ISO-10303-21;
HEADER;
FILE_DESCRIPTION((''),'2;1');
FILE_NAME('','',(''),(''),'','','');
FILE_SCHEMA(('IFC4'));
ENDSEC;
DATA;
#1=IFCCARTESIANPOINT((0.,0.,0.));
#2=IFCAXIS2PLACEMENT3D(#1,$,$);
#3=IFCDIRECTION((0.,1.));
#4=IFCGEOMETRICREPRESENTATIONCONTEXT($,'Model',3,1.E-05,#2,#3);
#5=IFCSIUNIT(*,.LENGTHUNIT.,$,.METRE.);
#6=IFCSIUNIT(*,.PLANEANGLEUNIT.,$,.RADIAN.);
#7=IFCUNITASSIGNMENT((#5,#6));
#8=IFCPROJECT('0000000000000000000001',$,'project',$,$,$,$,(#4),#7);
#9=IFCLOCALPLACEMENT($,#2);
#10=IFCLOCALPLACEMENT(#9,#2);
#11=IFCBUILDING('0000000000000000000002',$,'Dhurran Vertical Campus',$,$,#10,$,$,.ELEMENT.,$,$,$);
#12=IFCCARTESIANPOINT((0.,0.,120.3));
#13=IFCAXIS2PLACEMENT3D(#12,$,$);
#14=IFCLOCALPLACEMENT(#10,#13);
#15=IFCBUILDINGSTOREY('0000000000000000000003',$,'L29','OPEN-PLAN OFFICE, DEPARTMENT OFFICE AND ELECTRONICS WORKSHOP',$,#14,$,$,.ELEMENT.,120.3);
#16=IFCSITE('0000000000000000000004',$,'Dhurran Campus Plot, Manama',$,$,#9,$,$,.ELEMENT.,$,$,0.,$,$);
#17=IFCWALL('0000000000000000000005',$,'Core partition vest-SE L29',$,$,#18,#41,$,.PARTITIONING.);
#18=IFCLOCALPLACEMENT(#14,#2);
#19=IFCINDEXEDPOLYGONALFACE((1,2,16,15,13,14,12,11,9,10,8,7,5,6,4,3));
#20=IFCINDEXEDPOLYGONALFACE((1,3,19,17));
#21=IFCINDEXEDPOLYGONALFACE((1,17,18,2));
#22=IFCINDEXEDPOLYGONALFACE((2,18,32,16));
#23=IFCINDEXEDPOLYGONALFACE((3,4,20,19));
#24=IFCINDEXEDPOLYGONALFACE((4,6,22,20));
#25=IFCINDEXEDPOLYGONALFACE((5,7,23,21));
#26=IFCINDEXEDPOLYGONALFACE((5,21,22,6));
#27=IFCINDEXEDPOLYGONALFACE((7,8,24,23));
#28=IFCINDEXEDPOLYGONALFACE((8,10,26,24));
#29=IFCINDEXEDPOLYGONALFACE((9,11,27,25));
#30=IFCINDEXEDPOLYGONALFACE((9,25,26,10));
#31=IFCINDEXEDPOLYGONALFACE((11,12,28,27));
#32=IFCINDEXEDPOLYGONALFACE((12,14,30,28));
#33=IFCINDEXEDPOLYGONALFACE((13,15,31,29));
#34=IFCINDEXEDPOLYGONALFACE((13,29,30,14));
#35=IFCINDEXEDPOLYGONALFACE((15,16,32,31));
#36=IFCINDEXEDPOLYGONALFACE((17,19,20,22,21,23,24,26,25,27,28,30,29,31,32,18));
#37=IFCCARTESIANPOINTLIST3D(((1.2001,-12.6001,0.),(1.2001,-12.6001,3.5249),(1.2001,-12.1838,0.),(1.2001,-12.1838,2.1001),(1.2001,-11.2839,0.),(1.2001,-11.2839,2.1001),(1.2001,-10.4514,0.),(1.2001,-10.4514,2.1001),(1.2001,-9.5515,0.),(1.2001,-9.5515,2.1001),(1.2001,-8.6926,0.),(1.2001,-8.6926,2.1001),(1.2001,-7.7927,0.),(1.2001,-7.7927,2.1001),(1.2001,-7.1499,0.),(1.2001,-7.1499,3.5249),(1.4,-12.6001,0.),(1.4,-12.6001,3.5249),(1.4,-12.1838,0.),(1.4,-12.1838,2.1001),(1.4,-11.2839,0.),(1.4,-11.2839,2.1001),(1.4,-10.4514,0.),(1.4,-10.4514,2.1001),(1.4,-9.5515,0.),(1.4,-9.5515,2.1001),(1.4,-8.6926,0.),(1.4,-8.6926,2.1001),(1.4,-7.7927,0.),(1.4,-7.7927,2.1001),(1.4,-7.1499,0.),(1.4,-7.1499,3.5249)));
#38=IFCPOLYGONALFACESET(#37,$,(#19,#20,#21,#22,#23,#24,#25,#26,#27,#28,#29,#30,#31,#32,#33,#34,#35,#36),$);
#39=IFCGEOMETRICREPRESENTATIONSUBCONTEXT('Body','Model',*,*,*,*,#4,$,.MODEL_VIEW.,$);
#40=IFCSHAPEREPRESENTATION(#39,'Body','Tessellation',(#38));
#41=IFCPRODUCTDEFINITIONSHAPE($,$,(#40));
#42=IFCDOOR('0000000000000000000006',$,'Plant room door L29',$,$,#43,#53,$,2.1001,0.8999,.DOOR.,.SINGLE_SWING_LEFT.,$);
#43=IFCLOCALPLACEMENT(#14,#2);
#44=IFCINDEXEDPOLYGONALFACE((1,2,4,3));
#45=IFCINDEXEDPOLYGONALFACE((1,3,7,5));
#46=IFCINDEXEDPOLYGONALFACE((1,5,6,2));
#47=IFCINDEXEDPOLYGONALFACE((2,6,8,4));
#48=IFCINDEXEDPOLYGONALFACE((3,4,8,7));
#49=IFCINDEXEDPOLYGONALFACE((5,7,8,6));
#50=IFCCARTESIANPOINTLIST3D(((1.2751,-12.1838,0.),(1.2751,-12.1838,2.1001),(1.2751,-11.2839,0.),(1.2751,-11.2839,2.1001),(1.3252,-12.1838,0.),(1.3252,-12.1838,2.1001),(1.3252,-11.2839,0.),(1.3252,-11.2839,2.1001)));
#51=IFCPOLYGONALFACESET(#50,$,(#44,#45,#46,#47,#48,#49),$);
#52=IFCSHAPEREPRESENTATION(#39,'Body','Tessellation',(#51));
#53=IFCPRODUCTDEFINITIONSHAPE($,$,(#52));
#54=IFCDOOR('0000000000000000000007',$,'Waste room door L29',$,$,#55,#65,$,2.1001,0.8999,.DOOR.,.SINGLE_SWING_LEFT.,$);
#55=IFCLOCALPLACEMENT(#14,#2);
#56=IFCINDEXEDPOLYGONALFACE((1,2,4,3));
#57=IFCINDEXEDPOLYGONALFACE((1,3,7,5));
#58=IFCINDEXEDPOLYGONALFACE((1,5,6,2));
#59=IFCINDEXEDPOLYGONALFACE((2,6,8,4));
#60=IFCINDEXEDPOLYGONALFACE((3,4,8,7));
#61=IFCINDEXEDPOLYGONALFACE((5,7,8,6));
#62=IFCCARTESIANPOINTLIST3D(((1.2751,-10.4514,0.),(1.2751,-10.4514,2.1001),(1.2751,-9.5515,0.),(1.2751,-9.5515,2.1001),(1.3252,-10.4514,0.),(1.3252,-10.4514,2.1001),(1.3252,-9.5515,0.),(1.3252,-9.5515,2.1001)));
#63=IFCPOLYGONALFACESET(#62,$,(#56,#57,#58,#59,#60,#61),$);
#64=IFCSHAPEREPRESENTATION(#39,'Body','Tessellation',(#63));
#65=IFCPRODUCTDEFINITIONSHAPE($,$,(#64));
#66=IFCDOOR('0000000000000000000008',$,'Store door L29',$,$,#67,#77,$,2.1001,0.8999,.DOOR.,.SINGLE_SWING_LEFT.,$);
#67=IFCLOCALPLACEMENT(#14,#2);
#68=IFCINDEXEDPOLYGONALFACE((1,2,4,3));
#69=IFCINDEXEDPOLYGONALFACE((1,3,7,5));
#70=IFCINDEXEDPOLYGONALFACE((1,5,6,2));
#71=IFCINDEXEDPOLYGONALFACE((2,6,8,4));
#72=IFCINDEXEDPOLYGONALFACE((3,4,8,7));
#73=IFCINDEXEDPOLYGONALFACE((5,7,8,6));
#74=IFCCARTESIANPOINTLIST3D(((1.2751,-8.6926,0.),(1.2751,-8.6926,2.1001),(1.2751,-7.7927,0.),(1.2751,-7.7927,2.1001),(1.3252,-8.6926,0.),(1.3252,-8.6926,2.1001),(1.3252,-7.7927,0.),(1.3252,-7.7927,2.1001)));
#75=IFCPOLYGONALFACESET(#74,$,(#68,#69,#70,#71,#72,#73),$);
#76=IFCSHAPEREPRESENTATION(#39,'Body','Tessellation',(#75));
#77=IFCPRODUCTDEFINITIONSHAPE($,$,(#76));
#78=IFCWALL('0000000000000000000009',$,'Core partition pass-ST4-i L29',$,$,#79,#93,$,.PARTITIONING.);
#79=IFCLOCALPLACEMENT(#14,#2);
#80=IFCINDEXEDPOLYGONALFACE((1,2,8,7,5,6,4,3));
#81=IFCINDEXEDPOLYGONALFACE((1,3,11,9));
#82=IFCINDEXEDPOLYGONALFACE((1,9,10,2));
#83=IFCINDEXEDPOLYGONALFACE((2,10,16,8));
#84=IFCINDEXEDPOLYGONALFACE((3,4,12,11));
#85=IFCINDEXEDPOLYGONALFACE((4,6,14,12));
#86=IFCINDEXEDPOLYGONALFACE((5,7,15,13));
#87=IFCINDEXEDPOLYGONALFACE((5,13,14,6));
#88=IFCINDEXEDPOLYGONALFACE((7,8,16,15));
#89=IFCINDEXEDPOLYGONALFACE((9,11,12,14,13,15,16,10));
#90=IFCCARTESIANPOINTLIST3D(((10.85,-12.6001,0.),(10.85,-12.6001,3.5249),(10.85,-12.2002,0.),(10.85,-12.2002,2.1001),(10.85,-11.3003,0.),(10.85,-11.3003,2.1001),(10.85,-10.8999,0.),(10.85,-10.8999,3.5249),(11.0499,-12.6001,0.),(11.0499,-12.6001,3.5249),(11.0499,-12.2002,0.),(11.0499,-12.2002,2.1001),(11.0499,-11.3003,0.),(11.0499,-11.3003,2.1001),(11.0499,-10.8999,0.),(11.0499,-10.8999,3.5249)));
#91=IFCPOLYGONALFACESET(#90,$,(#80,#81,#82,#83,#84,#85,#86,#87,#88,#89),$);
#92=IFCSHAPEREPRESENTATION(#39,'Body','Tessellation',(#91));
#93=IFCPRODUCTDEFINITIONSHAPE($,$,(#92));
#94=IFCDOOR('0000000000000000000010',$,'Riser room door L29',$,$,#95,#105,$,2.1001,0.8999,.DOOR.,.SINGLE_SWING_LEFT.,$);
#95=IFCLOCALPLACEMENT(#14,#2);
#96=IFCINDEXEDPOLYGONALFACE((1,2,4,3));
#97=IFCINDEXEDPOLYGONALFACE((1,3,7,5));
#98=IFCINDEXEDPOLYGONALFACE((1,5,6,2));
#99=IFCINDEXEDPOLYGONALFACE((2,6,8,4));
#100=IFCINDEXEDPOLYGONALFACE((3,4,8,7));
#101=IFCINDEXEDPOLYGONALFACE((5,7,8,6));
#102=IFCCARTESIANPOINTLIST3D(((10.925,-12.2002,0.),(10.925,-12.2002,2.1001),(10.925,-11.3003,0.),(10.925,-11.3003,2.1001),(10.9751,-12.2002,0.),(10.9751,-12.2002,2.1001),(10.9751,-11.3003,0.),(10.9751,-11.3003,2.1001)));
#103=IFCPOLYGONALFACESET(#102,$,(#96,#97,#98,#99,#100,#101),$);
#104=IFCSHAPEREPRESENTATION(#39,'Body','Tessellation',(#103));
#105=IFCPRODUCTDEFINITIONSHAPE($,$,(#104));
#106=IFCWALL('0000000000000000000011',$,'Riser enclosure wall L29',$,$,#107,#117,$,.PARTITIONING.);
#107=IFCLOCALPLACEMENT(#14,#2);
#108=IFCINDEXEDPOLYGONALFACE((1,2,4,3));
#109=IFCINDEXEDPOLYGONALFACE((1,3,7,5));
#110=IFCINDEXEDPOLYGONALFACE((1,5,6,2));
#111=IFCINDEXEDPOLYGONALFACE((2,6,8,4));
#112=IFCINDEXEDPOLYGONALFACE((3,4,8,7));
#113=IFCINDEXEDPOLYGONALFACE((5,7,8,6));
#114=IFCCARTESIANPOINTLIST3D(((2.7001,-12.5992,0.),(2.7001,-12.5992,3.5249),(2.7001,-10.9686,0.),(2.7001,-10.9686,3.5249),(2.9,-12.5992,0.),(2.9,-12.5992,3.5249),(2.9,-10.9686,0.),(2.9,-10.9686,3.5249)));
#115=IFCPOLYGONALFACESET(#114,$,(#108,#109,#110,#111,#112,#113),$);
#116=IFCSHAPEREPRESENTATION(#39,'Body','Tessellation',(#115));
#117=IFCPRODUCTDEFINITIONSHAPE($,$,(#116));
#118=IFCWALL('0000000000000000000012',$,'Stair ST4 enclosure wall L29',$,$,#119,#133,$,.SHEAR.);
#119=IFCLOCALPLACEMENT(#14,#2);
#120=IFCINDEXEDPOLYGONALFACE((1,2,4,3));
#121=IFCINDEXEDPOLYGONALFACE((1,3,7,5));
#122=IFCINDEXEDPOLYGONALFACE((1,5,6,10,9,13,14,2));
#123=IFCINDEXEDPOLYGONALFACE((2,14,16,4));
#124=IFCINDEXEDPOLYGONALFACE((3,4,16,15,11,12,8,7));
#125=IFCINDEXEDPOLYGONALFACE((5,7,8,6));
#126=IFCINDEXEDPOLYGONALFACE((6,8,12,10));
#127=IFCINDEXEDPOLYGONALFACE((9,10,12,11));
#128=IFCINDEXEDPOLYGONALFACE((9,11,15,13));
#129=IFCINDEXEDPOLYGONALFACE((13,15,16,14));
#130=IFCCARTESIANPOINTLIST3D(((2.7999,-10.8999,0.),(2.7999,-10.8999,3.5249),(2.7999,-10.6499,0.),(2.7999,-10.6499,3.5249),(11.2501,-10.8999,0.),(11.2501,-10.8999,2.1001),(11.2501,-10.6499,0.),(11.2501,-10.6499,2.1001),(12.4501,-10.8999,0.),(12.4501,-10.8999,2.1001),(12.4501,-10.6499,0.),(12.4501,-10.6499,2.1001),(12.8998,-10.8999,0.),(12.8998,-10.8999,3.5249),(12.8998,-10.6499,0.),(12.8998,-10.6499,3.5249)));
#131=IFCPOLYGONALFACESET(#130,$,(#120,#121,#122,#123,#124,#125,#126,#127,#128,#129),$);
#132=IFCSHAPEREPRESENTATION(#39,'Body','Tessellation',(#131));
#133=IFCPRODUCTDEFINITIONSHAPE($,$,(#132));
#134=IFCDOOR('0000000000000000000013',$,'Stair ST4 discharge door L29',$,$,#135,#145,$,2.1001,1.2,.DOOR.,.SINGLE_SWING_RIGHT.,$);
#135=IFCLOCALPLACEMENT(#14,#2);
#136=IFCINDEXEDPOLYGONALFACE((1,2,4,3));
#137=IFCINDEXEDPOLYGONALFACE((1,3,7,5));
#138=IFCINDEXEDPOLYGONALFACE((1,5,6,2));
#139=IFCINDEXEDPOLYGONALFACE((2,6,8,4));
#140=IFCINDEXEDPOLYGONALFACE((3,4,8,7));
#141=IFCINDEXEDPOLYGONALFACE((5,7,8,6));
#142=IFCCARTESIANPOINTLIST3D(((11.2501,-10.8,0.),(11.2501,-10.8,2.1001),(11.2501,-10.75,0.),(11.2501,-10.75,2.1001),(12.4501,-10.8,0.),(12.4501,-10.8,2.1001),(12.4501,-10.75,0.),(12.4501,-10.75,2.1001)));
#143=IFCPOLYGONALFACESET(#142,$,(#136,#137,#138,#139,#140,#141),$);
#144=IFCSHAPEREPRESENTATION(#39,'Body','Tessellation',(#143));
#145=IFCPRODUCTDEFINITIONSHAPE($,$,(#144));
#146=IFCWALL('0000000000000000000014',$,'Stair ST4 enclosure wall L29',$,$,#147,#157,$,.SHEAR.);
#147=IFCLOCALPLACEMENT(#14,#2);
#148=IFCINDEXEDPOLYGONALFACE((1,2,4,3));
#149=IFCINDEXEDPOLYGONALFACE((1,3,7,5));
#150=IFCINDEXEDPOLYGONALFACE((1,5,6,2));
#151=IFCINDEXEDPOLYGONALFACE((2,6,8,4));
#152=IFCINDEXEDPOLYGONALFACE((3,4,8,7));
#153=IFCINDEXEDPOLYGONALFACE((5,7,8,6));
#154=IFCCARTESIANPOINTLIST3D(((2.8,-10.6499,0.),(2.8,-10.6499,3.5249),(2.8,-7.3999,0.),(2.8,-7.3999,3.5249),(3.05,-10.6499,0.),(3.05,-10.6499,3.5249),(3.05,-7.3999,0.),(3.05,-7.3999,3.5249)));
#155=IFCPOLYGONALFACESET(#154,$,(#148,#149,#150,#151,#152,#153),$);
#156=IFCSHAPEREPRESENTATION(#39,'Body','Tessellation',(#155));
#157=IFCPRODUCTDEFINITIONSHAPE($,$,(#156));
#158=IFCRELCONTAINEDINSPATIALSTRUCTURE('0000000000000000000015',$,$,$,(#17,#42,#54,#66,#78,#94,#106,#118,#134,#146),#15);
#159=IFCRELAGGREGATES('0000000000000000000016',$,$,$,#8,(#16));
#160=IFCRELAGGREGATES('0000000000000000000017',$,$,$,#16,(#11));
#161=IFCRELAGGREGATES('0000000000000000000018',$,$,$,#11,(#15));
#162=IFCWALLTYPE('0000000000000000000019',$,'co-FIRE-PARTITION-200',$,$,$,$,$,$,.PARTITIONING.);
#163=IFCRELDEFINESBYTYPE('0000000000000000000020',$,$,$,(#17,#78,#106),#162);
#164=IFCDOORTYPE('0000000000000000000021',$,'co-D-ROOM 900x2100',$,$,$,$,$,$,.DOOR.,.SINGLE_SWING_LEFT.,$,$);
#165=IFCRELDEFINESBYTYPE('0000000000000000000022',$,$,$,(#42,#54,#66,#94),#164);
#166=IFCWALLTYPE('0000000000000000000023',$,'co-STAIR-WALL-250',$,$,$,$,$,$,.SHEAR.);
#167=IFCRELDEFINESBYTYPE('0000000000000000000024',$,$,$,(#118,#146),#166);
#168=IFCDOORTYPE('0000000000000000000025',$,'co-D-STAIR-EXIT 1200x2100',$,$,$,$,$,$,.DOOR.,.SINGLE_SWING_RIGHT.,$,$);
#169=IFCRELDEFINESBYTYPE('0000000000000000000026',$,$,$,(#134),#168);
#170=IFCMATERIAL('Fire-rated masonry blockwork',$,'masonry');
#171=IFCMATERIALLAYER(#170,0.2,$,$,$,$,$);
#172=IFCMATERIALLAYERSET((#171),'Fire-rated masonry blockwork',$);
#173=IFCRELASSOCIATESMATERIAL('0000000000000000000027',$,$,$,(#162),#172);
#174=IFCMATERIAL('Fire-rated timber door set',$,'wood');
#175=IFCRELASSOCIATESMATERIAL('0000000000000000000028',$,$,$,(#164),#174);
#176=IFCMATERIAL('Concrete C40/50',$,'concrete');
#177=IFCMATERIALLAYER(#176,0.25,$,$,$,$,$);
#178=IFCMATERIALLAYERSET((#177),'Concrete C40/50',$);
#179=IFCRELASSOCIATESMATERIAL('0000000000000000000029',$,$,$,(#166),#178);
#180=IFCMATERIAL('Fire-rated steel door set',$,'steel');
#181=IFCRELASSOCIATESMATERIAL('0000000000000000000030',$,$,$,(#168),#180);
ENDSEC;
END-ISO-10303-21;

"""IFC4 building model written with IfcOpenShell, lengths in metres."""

from ifc_helpers import new_model, si_unit, direction, frame, frame_2d, origin, place, context, subcontext, project, spatial, rectangle, extrude, material, layer, layer_set, type_object, element, fill, save


model = new_model("IFC4")

# Units and contexts
model_context = context("Model", 3, precision=1e-05, world=origin(), true_north=direction((0.0, 1.0)))
body_context = subcontext(model_context, "Body", "Model", "MODEL_VIEW")
ifc_project = project(units=[si_unit("LENGTHUNIT", "METRE"), si_unit("PLANEANGLEUNIT", "RADIAN")], contexts=[model_context])

# Site, building, storey
site_placement = place(None, origin())
site = spatial("IfcSite", under=ifc_project, at=site_placement, Name="Dhurran Campus Plot, Manama", CompositionType="ELEMENT", RefElevation=0.0)
building_placement = place(site_placement, origin())
building = spatial("IfcBuilding", under=site, at=building_placement, Name="Dhurran Vertical Campus", CompositionType="ELEMENT")
storey_placement = place(building_placement, frame((0.0, 0.0, 120.3)))
storey = spatial("IfcBuildingStorey", under=building, at=storey_placement, Name="L29", Description="OPEN-PLAN OFFICE, DEPARTMENT OFFICE AND ELECTRONICS WORKSHOP", CompositionType="ELEMENT", Elevation=120.3)

# Shared definitions
ifc_material_1 = material(Name="Fire-rated masonry blockwork", Category="masonry")
ifc_layer_1 = layer(ifc_material_1, 0.2)
ifc_layer_set_1 = layer_set([ifc_layer_1], Name="Fire-rated masonry blockwork")
wall_type_1 = type_object("IfcWallType", Name="co-FIRE-PARTITION-200", PredefinedType="PARTITIONING", material=ifc_layer_set_1)

# Wall, openings, doors
wall_1_placement = place(storey_placement, frame((1.3, -12.6001, 0.0), z_axis=(0.0, 0.0, 1.0), x_axis=(0.0, 1.0, 0.0)))
wall_1 = element("IfcWall", 1, at=wall_1_placement, inside=storey, type_object=wall_type_1, Name="Core partition vest-SE L29", PredefinedType="PARTITIONING", context=body_context, shape_type="SweptSolid", body=[
    extrude(rectangle(XDim=5.4502, YDim=0.2, at=frame_2d((2.7251, 0.0))), origin(), (0.0, 0.0, 1.0), 3.5249),
])
opening_1_placement = place(wall_1_placement, frame((0.4163, 0.0, 0.0)))
opening_1 = element("IfcOpeningElement", 2, at=opening_1_placement, cuts=wall_1, PredefinedType="OPENING", context=body_context, shape_type="SweptSolid", body=[
    extrude(rectangle(XDim=0.8999, YDim=2.1001, at=frame_2d((0.45, 1.05))), frame((0.0, 0.1099, 0.0), z_axis=(0.0, -1.0, 0.0), x_axis=(1.0, 0.0, 0.0)), (0.0, 0.0, 1.0), 0.22),
])
opening_2_placement = place(wall_1_placement, frame((2.1487, 0.0, 0.0)))
opening_2 = element("IfcOpeningElement", 3, at=opening_2_placement, cuts=wall_1, PredefinedType="OPENING", context=body_context, shape_type="SweptSolid", body=[
    extrude(rectangle(XDim=0.8999, YDim=2.1001, at=frame_2d((0.45, 1.05))), frame((0.0, 0.1099, 0.0), z_axis=(0.0, -1.0, 0.0), x_axis=(1.0, 0.0, 0.0)), (0.0, 0.0, 1.0), 0.22),
])
opening_3_placement = place(wall_1_placement, frame((3.9075, 0.0, 0.0)))
opening_3 = element("IfcOpeningElement", 4, at=opening_3_placement, cuts=wall_1, PredefinedType="OPENING", context=body_context, shape_type="SweptSolid", body=[
    extrude(rectangle(XDim=0.8999, YDim=2.1001, at=frame_2d((0.45, 1.05))), frame((0.0, 0.1099, 0.0), z_axis=(0.0, -1.0, 0.0), x_axis=(1.0, 0.0, 0.0)), (0.0, 0.0, 1.0), 0.22),
])
ifc_material_2 = material(Name="Fire-rated timber door set", Category="wood")
door_type_1 = type_object("IfcDoorType", Name="co-D-ROOM 900x2100", OperationType="SINGLE_SWING_LEFT", PredefinedType="DOOR", material=ifc_material_2)
door_1_placement = place(opening_1_placement, origin())
door_1 = element("IfcDoor", 5, at=door_1_placement, inside=storey, type_object=door_type_1, Name="Plant room door L29", OperationType="SINGLE_SWING_LEFT", OverallHeight=2.1001, OverallWidth=0.8999, PredefinedType="DOOR", context=body_context, shape_type="SweptSolid", body=[
    extrude(rectangle(XDim=0.8999, YDim=2.1001, at=frame_2d((0.45, 1.05))), frame((0.0, 0.0249, 0.0), z_axis=(0.0, -1.0, 0.0), x_axis=(1.0, 0.0, 0.0)), (0.0, 0.0, 1.0), 0.05),
])
fill(opening_1, door_1)
door_2_placement = place(opening_2_placement, origin())
door_2 = element("IfcDoor", 6, at=door_2_placement, inside=storey, type_object=door_type_1, Name="Waste room door L29", OperationType="SINGLE_SWING_LEFT", OverallHeight=2.1001, OverallWidth=0.8999, PredefinedType="DOOR", context=body_context, shape_type="SweptSolid", body=[
    extrude(rectangle(XDim=0.8999, YDim=2.1001, at=frame_2d((0.45, 1.05))), frame((0.0, 0.0249, 0.0), z_axis=(0.0, -1.0, 0.0), x_axis=(1.0, 0.0, 0.0)), (0.0, 0.0, 1.0), 0.05),
])
fill(opening_2, door_2)
door_3_placement = place(opening_3_placement, origin())
door_3 = element("IfcDoor", 7, at=door_3_placement, inside=storey, type_object=door_type_1, Name="Store door L29", OperationType="SINGLE_SWING_LEFT", OverallHeight=2.1001, OverallWidth=0.8999, PredefinedType="DOOR", context=body_context, shape_type="SweptSolid", body=[
    extrude(rectangle(XDim=0.8999, YDim=2.1001, at=frame_2d((0.45, 1.05))), frame((0.0, 0.0249, 0.0), z_axis=(0.0, -1.0, 0.0), x_axis=(1.0, 0.0, 0.0)), (0.0, 0.0, 1.0), 0.05),
])
fill(opening_3, door_3)

# Wall, opening, door
wall_2_placement = place(storey_placement, frame((10.95, -12.6001, 0.0), z_axis=(0.0, 0.0, 1.0), x_axis=(0.0, 1.0, 0.0)))
wall_2 = element("IfcWall", 8, at=wall_2_placement, inside=storey, type_object=wall_type_1, Name="Core partition pass-ST4-i L29", PredefinedType="PARTITIONING", context=body_context, shape_type="SweptSolid", body=[
    extrude(rectangle(XDim=1.7002, YDim=0.2, at=frame_2d((0.8501, 0.0))), origin(), (0.0, 0.0, 1.0), 3.5249),
])
opening_4_placement = place(wall_2_placement, frame((0.3999, 0.0, 0.0)))
opening_4 = element("IfcOpeningElement", 9, at=opening_4_placement, cuts=wall_2, PredefinedType="OPENING", context=body_context, shape_type="SweptSolid", body=[
    extrude(rectangle(XDim=0.8999, YDim=2.1001, at=frame_2d((0.45, 1.05))), frame((0.0, 0.1099, 0.0), z_axis=(0.0, -1.0, 0.0), x_axis=(1.0, 0.0, 0.0)), (0.0, 0.0, 1.0), 0.22),
])
door_4_placement = place(opening_4_placement, origin())
door_4 = element("IfcDoor", 10, at=door_4_placement, inside=storey, type_object=door_type_1, Name="Riser room door L29", OperationType="SINGLE_SWING_LEFT", OverallHeight=2.1001, OverallWidth=0.8999, PredefinedType="DOOR", context=body_context, shape_type="SweptSolid", body=[
    extrude(rectangle(XDim=0.8999, YDim=2.1001, at=frame_2d((0.45, 1.05))), frame((0.0, 0.0249, 0.0), z_axis=(0.0, -1.0, 0.0), x_axis=(1.0, 0.0, 0.0)), (0.0, 0.0, 1.0), 0.05),
])
fill(opening_4, door_4)

# Wall
wall_3_placement = place(storey_placement, frame((2.8, -10.9685, 0.0), z_axis=(0.0, 0.0, 1.0), x_axis=(0.0, -1.0, 0.0)))
element("IfcWall", 11, at=wall_3_placement, inside=storey, type_object=wall_type_1, Name="Riser enclosure wall L29", PredefinedType="PARTITIONING", context=body_context, shape_type="SweptSolid", body=[
    extrude(rectangle(XDim=1.6306, YDim=0.2, at=frame_2d((0.8154, 0.0))), origin(), (0.0, 0.0, 1.0), 3.5249),
])

# Wall, opening, door
ifc_material_3 = material(Name="Concrete C40/50", Category="concrete")
ifc_layer_2 = layer(ifc_material_3, 0.25)
ifc_layer_set_2 = layer_set([ifc_layer_2], Name="Concrete C40/50")
wall_type_2 = type_object("IfcWallType", Name="co-STAIR-WALL-250", PredefinedType="SHEAR", material=ifc_layer_set_2)
wall_4_placement = place(storey_placement, frame((2.8, -10.7749, 0.0), z_axis=(0.0, 0.0, 1.0), x_axis=(1.0, 0.0, 0.0)))
wall_4 = element("IfcWall", 12, at=wall_4_placement, inside=storey, type_object=wall_type_2, Name="Stair ST4 enclosure wall L29", PredefinedType="SHEAR", context=body_context, shape_type="SweptSolid", body=[
    extrude(rectangle(XDim=10.0999, YDim=0.25, at=frame_2d((5.0498, 0.0))), origin(), (0.0, 0.0, 1.0), 3.5249),
])
opening_5_placement = place(wall_4_placement, frame((8.45, 0.0, 0.0)))
opening_5 = element("IfcOpeningElement", 13, at=opening_5_placement, cuts=wall_4, PredefinedType="OPENING", context=body_context, shape_type="SweptSolid", body=[
    extrude(rectangle(XDim=1.2, YDim=2.1001, at=frame_2d((0.6001, 1.05))), frame((0.0, 0.135, 0.0), z_axis=(0.0, -1.0, 0.0), x_axis=(1.0, 0.0, 0.0)), (0.0, 0.0, 1.0), 0.27),
])
ifc_material_4 = material(Name="Fire-rated steel door set", Category="steel")
door_type_2 = type_object("IfcDoorType", Name="co-D-STAIR-EXIT 1200x2100", OperationType="SINGLE_SWING_RIGHT", PredefinedType="DOOR", material=ifc_material_4)
door_5_placement = place(opening_5_placement, origin())
door_5 = element("IfcDoor", 14, at=door_5_placement, inside=storey, type_object=door_type_2, Name="Stair ST4 discharge door L29", OperationType="SINGLE_SWING_RIGHT", OverallHeight=2.1001, OverallWidth=1.2, PredefinedType="DOOR", context=body_context, shape_type="SweptSolid", body=[
    extrude(rectangle(XDim=1.2, YDim=2.1001, at=frame_2d((0.6001, 1.05))), frame((0.0, 0.0249, 0.0), z_axis=(0.0, -1.0, 0.0), x_axis=(1.0, 0.0, 0.0)), (0.0, 0.0, 1.0), 0.05),
])
fill(opening_5, door_5)

# Wall
wall_5_placement = place(storey_placement, frame((2.925, -10.6499, 0.0), z_axis=(0.0, 0.0, 1.0), x_axis=(0.0, 1.0, 0.0)))
element("IfcWall", 15, at=wall_5_placement, inside=storey, type_object=wall_type_2, Name="Stair ST4 enclosure wall L29", PredefinedType="SHEAR", context=body_context, shape_type="SweptSolid", body=[
    extrude(rectangle(XDim=3.25, YDim=0.25, at=frame_2d((1.625, 0.0))), origin(), (0.0, 0.0, 1.0), 3.5249),
])

save(model, "model.ifc")
